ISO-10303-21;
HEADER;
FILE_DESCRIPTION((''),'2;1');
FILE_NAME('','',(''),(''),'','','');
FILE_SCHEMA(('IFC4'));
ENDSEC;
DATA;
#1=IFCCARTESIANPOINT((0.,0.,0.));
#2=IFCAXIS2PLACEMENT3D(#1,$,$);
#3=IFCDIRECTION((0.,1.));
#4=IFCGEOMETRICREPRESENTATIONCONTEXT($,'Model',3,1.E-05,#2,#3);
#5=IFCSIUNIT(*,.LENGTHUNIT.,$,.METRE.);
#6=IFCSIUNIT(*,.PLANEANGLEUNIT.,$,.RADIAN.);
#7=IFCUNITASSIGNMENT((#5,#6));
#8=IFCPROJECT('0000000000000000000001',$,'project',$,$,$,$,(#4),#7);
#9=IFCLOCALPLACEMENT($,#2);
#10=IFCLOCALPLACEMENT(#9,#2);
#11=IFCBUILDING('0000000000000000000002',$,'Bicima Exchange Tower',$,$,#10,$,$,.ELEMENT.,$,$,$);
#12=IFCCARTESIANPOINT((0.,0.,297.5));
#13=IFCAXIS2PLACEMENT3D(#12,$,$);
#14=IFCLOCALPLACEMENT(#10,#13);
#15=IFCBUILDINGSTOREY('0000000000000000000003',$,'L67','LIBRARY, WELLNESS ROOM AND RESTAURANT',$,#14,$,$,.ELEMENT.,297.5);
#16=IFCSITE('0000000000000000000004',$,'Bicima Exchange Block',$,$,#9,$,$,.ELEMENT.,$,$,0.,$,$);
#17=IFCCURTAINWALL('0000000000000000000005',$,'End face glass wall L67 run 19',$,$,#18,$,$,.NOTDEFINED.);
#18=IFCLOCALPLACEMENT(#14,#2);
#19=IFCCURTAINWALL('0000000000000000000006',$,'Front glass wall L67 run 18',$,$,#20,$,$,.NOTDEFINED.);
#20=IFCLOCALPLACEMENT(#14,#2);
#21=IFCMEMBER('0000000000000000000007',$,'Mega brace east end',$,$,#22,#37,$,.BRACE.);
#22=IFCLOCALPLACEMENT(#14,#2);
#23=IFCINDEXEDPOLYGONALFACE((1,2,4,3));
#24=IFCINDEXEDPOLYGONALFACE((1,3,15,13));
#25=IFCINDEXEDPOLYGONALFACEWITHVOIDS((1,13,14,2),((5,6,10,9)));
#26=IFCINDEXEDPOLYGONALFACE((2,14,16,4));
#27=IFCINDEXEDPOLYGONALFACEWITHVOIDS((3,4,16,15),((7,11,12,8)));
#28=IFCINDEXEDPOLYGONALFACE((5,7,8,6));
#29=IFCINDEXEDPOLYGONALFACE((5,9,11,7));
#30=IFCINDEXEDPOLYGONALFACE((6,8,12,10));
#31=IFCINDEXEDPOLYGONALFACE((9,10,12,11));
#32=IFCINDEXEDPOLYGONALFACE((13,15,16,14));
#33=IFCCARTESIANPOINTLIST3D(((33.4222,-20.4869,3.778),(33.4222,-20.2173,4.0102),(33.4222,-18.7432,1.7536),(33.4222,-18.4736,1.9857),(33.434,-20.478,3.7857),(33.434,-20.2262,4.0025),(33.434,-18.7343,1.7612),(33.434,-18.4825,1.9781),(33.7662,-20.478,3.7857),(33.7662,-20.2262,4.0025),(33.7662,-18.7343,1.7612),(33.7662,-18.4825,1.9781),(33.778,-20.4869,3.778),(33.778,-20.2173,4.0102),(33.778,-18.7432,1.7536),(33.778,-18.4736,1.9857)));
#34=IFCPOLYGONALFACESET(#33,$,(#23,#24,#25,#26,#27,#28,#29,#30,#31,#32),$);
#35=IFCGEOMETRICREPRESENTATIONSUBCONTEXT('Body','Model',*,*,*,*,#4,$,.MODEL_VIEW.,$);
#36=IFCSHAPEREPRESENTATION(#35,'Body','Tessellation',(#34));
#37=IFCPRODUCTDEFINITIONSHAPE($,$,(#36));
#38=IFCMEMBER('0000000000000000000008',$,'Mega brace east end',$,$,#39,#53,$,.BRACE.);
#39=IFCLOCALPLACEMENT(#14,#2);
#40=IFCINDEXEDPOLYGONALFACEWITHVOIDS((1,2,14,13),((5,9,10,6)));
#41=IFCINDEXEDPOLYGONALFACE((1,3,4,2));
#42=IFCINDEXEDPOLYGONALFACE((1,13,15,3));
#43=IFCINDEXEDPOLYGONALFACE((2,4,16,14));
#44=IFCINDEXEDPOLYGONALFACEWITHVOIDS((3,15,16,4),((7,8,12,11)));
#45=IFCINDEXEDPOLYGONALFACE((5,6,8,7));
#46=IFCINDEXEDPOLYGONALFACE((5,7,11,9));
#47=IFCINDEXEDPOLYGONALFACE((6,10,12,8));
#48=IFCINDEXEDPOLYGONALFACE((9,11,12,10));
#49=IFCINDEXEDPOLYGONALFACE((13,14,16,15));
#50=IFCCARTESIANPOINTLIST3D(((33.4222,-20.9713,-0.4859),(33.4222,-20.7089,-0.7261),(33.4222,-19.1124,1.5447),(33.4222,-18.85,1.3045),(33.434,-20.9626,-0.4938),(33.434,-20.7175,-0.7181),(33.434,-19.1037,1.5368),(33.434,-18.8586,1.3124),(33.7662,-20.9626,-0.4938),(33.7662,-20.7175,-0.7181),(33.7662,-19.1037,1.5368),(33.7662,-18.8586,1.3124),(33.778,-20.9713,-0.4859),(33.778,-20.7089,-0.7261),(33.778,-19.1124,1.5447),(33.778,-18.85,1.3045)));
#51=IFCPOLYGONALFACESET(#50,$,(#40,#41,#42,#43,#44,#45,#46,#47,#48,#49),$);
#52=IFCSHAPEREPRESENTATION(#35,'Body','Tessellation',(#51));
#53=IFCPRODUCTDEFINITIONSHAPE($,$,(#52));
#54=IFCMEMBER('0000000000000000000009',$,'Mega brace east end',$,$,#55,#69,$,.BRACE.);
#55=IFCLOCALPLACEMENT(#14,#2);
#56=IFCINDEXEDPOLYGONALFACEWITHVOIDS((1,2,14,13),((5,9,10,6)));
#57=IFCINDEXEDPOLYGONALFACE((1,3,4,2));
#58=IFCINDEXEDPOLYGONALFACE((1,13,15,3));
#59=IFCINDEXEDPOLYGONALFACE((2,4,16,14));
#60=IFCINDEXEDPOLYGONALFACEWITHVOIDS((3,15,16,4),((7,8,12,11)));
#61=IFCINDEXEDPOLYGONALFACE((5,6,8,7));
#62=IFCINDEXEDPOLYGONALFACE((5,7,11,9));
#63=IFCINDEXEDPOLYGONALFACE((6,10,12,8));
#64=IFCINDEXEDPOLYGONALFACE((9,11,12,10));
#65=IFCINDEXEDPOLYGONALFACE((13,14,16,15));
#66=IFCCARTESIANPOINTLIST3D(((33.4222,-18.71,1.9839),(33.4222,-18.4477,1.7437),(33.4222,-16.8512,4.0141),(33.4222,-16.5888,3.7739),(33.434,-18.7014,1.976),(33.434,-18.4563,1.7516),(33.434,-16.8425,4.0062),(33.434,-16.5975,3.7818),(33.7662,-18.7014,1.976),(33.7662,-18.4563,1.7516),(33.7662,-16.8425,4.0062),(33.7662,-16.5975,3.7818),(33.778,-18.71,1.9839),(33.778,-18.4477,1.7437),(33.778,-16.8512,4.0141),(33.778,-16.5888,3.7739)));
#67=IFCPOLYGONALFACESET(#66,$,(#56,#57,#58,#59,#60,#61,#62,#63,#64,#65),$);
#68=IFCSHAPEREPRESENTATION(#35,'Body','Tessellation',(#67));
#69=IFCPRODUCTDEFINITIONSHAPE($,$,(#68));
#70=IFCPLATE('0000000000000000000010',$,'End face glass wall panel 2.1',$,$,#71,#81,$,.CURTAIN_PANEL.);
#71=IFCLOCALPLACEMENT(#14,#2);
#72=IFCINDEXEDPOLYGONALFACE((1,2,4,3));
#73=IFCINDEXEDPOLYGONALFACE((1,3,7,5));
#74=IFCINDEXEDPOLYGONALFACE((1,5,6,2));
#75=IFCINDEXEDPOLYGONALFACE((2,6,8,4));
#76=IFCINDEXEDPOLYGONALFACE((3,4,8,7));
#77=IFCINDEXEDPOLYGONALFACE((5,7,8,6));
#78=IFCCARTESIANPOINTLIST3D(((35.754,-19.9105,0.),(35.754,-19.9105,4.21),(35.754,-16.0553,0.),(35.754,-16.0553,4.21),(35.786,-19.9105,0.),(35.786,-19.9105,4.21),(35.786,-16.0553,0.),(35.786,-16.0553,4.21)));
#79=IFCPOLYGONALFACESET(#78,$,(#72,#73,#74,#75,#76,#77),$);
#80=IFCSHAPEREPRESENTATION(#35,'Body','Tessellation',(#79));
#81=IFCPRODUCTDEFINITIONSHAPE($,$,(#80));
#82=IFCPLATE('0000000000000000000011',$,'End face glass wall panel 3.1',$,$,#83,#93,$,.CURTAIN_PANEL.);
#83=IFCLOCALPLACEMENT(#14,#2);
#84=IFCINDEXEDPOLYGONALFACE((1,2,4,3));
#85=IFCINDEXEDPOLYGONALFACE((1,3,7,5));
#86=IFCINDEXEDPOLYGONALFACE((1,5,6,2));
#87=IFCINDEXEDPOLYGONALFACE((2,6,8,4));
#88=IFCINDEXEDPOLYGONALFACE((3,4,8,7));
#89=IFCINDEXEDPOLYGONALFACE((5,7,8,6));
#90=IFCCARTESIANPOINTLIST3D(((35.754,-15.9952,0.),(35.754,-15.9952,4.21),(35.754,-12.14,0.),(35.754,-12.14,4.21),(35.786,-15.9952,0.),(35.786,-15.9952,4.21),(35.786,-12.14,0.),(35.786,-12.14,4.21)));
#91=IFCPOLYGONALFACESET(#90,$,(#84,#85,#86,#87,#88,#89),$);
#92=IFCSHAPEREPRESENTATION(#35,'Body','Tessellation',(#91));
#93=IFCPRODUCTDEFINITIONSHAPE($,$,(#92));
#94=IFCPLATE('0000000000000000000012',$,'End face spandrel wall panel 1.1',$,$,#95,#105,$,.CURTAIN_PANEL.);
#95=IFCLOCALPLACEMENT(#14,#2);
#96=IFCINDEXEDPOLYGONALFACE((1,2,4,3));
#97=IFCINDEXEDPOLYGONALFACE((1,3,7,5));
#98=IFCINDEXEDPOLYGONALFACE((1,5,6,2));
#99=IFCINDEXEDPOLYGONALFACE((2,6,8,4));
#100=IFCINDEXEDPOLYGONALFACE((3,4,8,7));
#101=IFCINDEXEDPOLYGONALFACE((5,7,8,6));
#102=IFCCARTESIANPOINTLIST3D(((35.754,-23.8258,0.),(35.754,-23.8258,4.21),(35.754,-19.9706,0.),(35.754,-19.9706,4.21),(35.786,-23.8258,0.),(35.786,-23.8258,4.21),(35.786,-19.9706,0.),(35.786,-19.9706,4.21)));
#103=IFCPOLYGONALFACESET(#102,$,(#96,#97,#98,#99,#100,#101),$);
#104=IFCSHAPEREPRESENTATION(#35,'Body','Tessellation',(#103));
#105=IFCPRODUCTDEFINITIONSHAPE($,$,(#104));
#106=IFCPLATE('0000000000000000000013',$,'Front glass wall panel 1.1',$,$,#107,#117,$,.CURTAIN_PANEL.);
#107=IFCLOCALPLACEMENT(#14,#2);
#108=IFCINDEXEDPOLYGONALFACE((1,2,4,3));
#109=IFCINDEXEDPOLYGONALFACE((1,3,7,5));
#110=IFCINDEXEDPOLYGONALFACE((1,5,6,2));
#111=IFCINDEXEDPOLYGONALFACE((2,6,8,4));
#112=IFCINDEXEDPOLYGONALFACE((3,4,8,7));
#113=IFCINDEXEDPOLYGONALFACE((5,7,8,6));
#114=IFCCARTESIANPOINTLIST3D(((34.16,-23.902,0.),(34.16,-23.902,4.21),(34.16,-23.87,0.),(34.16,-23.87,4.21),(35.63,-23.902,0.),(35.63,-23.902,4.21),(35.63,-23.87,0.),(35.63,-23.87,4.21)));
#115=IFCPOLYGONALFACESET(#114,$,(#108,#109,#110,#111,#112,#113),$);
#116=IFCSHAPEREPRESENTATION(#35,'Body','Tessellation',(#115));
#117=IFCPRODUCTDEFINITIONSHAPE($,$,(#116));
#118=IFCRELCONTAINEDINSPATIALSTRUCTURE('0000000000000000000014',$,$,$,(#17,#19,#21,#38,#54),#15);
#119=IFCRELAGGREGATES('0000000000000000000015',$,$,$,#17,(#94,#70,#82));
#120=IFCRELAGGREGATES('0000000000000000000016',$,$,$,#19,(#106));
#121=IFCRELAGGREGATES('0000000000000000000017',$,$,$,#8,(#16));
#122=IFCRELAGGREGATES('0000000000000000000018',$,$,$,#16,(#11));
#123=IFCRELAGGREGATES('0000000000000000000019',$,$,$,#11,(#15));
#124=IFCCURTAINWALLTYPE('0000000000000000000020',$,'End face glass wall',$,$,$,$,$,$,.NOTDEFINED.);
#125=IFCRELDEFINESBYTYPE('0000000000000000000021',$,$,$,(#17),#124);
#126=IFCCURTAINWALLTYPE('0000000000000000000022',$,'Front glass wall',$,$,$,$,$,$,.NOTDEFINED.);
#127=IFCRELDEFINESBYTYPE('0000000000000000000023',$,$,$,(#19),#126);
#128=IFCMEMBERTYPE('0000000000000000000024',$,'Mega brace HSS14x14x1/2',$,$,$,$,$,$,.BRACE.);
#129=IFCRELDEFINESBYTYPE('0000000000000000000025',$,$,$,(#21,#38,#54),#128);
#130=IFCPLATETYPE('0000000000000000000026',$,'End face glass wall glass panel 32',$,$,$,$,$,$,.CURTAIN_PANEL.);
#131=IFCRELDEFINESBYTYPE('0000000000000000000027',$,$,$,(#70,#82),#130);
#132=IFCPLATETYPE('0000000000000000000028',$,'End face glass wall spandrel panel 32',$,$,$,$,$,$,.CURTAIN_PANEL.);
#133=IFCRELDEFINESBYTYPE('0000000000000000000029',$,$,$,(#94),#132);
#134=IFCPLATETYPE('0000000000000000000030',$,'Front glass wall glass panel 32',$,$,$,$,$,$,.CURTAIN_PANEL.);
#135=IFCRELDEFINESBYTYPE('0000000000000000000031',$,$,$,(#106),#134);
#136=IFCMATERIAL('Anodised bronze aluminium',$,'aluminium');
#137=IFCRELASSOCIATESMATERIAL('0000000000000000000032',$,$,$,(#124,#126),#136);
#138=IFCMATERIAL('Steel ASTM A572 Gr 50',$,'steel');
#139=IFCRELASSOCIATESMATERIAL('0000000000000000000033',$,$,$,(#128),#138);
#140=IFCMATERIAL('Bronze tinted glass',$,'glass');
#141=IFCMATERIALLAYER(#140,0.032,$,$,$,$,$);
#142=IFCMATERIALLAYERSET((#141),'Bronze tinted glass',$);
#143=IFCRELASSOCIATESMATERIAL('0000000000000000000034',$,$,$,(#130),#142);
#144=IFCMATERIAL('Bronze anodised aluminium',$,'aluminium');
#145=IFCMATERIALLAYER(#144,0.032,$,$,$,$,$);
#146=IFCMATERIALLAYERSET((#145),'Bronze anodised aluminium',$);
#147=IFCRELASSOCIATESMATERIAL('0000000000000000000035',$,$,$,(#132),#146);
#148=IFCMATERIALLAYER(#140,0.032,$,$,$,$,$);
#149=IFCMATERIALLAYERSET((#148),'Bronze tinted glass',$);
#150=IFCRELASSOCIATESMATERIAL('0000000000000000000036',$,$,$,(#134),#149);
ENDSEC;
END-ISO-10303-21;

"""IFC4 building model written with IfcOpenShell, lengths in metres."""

from ifc_helpers import new_model, si_unit, direction, frame, origin, origin_2d, place, context, subcontext, project, spatial, rectangle, hollow_rectangle, extrude, material, layer, layer_set, material_profile, profile_set, type_object, element, aggregate, save


model = new_model("IFC4")

# Units and contexts
model_context = context("Model", 3, precision=1e-05, world=origin(), true_north=direction((0.0, 1.0)))
body_context = subcontext(model_context, "Body", "Model", "MODEL_VIEW")
ifc_project = project(units=[si_unit("LENGTHUNIT", "METRE"), si_unit("PLANEANGLEUNIT", "RADIAN")], contexts=[model_context])

# Site, building, storey
site_placement = place(None, origin())
site = spatial("IfcSite", under=ifc_project, at=site_placement, Name="Bicima Exchange Block", CompositionType="ELEMENT", RefElevation=0.0)
building_placement = place(site_placement, origin())
building = spatial("IfcBuilding", under=site, at=building_placement, Name="Bicima Exchange Tower", CompositionType="ELEMENT")
storey_placement = place(building_placement, frame((0.0, 0.0, 297.5)))
storey = spatial("IfcBuildingStorey", under=building, at=storey_placement, Name="L67", Description="LIBRARY, WELLNESS ROOM AND RESTAURANT", CompositionType="ELEMENT", Elevation=297.5)

# Shared definitions
ifc_material_1 = material(Name="Steel ASTM A572 Gr 50", Category="steel")

# Curtain wall
ifc_material_2 = material(Name="Anodised bronze aluminium", Category="aluminium")
curtain_wall_type_1 = type_object("IfcCurtainWallType", Name="End face glass wall", PredefinedType="NOTDEFINED", material=ifc_material_2)
curtain_wall_1_placement = place(storey_placement, origin())
curtain_wall_1 = element("IfcCurtainWall", 1, at=curtain_wall_1_placement, inside=storey, type_object=curtain_wall_type_1, Name="End face glass wall L67 run 19", PredefinedType="NOTDEFINED")

# Shared definitions
curtain_wall_type_2 = type_object("IfcCurtainWallType", Name="Front glass wall", PredefinedType="NOTDEFINED", material=ifc_material_2)

# Curtain wall
curtain_wall_2_placement = place(storey_placement, origin())
curtain_wall_2 = element("IfcCurtainWall", 2, at=curtain_wall_2_placement, inside=storey, type_object=curtain_wall_type_2, Name="Front glass wall L67 run 18", PredefinedType="NOTDEFINED")

# Members
ifc_material_profile_1 = material_profile(ifc_material_1, hollow_rectangle(XDim=0.3557, YDim=0.3557, WallThickness=0.0117, at=origin_2d()))
ifc_profile_set_1 = profile_set([ifc_material_profile_1], Name="Steel ASTM A572 Gr 50")
member_type_1 = type_object("IfcMemberType", Name="Mega brace HSS14x14x1/2", PredefinedType="BRACE", material=ifc_profile_set_1)
for number, where, z_axis, x_axis, name in (
    (3, (33.6001, -18.6084, 1.8696), (0.0, -0.652611, 0.757693), (1.0, 0.0, 0.0), "Mega brace east end"),
):
    element("IfcMember", number, at=place(storey_placement, frame(where, z_axis=z_axis, x_axis=x_axis)), inside=storey, type_object=member_type_1, Name=name, PredefinedType="BRACE", context=body_context, shape_type="SweptSolid", body=[
        extrude(hollow_rectangle(XDim=0.3557, YDim=0.3557, WallThickness=0.0117, at=origin_2d()), origin(), (0.0, 0.0, 1.0), 2.6719),
    ])
member_1_placement = place(storey_placement, frame((33.6001, -20.8401, -0.606), z_axis=(0.0, 0.675247, 0.737592), x_axis=(-1.0, 0.0, 0.0)))
element("IfcMember", 4, at=member_1_placement, inside=storey, type_object=member_type_1, Name="Mega brace east end", PredefinedType="BRACE", context=body_context, shape_type="SweptSolid", body=[
    extrude(hollow_rectangle(XDim=0.3557, YDim=0.3557, WallThickness=0.0117, at=origin_2d()), origin(), (0.0, 0.0, 1.0), 2.7529),
])
member_2_placement = place(storey_placement, frame((33.6001, -18.5789, 1.8638), z_axis=(0.0, 0.675291, 0.737552), x_axis=(-1.0, 0.0, 0.0)))
element("IfcMember", 5, at=member_2_placement, inside=storey, type_object=member_type_1, Name="Mega brace east end", PredefinedType="BRACE", context=body_context, shape_type="SweptSolid", body=[
    extrude(hollow_rectangle(XDim=0.3557, YDim=0.3557, WallThickness=0.0117, at=origin_2d()), origin(), (0.0, 0.0, 1.0), 2.7527),
])

# Plates
ifc_material_3 = material(Name="Bronze tinted glass", Category="glass")
ifc_layer_1 = layer(ifc_material_3, 0.032)
ifc_layer_set_1 = layer_set([ifc_layer_1], Name="Bronze tinted glass")
plate_type_1 = type_object("IfcPlateType", Name="End face glass wall glass panel 32", PredefinedType="CURTAIN_PANEL", material=ifc_layer_set_1)
plate_1_placement = place(storey_placement, frame((35.77, -17.9829, 0.0), z_axis=(0.0, 0.0, 1.0), x_axis=(0.0, 1.0, 0.0)))
plate_1 = element("IfcPlate", 6, at=plate_1_placement, type_object=plate_type_1, Name="End face glass wall panel 2.1", PredefinedType="CURTAIN_PANEL", context=body_context, shape_type="SweptSolid", body=[
    extrude(rectangle(XDim=3.8552, YDim=0.032, at=origin_2d()), origin(), (0.0, 0.0, 1.0), 4.21),
])
plate_2_placement = place(storey_placement, frame((35.77, -14.0676, 0.0), z_axis=(0.0, 0.0, 1.0), x_axis=(0.0, 1.0, 0.0)))
plate_2 = element("IfcPlate", 7, at=plate_2_placement, type_object=plate_type_1, Name="End face glass wall panel 3.1", PredefinedType="CURTAIN_PANEL", context=body_context, shape_type="SweptSolid", body=[
    extrude(rectangle(XDim=3.8552, YDim=0.032, at=origin_2d()), origin(), (0.0, 0.0, 1.0), 4.21),
])
ifc_material_4 = material(Name="Bronze anodised aluminium", Category="aluminium")
ifc_layer_2 = layer(ifc_material_4, 0.032)
ifc_layer_set_2 = layer_set([ifc_layer_2], Name="Bronze anodised aluminium")
plate_type_2 = type_object("IfcPlateType", Name="End face glass wall spandrel panel 32", PredefinedType="CURTAIN_PANEL", material=ifc_layer_set_2)
plate_3_placement = place(storey_placement, frame((35.77, -21.8982, 0.0), z_axis=(0.0, 0.0, 1.0), x_axis=(0.0, 1.0, 0.0)))
plate_3 = element("IfcPlate", 8, at=plate_3_placement, type_object=plate_type_2, Name="End face spandrel wall panel 1.1", PredefinedType="CURTAIN_PANEL", context=body_context, shape_type="SweptSolid", body=[
    extrude(rectangle(XDim=3.8552, YDim=0.032, at=origin_2d()), origin(), (0.0, 0.0, 1.0), 4.21),
])
aggregate(curtain_wall_1, [plate_3, plate_1, plate_2])
ifc_layer_3 = layer(ifc_material_3, 0.032)
ifc_layer_set_3 = layer_set([ifc_layer_3], Name="Bronze tinted glass")
plate_type_3 = type_object("IfcPlateType", Name="Front glass wall glass panel 32", PredefinedType="CURTAIN_PANEL", material=ifc_layer_set_3)
plate_4_placement = place(storey_placement, frame((34.895, -23.886, 0.0), z_axis=(0.0, 0.0, 1.0), x_axis=(1.0, 0.0, 0.0)))
plate_4 = element("IfcPlate", 9, at=plate_4_placement, type_object=plate_type_3, Name="Front glass wall panel 1.1", PredefinedType="CURTAIN_PANEL", context=body_context, shape_type="SweptSolid", body=[
    extrude(rectangle(XDim=1.47, YDim=0.032, at=origin_2d()), origin(), (0.0, 0.0, 1.0), 4.21),
])
aggregate(curtain_wall_2, [plate_4])

save(model, "model.ifc")
